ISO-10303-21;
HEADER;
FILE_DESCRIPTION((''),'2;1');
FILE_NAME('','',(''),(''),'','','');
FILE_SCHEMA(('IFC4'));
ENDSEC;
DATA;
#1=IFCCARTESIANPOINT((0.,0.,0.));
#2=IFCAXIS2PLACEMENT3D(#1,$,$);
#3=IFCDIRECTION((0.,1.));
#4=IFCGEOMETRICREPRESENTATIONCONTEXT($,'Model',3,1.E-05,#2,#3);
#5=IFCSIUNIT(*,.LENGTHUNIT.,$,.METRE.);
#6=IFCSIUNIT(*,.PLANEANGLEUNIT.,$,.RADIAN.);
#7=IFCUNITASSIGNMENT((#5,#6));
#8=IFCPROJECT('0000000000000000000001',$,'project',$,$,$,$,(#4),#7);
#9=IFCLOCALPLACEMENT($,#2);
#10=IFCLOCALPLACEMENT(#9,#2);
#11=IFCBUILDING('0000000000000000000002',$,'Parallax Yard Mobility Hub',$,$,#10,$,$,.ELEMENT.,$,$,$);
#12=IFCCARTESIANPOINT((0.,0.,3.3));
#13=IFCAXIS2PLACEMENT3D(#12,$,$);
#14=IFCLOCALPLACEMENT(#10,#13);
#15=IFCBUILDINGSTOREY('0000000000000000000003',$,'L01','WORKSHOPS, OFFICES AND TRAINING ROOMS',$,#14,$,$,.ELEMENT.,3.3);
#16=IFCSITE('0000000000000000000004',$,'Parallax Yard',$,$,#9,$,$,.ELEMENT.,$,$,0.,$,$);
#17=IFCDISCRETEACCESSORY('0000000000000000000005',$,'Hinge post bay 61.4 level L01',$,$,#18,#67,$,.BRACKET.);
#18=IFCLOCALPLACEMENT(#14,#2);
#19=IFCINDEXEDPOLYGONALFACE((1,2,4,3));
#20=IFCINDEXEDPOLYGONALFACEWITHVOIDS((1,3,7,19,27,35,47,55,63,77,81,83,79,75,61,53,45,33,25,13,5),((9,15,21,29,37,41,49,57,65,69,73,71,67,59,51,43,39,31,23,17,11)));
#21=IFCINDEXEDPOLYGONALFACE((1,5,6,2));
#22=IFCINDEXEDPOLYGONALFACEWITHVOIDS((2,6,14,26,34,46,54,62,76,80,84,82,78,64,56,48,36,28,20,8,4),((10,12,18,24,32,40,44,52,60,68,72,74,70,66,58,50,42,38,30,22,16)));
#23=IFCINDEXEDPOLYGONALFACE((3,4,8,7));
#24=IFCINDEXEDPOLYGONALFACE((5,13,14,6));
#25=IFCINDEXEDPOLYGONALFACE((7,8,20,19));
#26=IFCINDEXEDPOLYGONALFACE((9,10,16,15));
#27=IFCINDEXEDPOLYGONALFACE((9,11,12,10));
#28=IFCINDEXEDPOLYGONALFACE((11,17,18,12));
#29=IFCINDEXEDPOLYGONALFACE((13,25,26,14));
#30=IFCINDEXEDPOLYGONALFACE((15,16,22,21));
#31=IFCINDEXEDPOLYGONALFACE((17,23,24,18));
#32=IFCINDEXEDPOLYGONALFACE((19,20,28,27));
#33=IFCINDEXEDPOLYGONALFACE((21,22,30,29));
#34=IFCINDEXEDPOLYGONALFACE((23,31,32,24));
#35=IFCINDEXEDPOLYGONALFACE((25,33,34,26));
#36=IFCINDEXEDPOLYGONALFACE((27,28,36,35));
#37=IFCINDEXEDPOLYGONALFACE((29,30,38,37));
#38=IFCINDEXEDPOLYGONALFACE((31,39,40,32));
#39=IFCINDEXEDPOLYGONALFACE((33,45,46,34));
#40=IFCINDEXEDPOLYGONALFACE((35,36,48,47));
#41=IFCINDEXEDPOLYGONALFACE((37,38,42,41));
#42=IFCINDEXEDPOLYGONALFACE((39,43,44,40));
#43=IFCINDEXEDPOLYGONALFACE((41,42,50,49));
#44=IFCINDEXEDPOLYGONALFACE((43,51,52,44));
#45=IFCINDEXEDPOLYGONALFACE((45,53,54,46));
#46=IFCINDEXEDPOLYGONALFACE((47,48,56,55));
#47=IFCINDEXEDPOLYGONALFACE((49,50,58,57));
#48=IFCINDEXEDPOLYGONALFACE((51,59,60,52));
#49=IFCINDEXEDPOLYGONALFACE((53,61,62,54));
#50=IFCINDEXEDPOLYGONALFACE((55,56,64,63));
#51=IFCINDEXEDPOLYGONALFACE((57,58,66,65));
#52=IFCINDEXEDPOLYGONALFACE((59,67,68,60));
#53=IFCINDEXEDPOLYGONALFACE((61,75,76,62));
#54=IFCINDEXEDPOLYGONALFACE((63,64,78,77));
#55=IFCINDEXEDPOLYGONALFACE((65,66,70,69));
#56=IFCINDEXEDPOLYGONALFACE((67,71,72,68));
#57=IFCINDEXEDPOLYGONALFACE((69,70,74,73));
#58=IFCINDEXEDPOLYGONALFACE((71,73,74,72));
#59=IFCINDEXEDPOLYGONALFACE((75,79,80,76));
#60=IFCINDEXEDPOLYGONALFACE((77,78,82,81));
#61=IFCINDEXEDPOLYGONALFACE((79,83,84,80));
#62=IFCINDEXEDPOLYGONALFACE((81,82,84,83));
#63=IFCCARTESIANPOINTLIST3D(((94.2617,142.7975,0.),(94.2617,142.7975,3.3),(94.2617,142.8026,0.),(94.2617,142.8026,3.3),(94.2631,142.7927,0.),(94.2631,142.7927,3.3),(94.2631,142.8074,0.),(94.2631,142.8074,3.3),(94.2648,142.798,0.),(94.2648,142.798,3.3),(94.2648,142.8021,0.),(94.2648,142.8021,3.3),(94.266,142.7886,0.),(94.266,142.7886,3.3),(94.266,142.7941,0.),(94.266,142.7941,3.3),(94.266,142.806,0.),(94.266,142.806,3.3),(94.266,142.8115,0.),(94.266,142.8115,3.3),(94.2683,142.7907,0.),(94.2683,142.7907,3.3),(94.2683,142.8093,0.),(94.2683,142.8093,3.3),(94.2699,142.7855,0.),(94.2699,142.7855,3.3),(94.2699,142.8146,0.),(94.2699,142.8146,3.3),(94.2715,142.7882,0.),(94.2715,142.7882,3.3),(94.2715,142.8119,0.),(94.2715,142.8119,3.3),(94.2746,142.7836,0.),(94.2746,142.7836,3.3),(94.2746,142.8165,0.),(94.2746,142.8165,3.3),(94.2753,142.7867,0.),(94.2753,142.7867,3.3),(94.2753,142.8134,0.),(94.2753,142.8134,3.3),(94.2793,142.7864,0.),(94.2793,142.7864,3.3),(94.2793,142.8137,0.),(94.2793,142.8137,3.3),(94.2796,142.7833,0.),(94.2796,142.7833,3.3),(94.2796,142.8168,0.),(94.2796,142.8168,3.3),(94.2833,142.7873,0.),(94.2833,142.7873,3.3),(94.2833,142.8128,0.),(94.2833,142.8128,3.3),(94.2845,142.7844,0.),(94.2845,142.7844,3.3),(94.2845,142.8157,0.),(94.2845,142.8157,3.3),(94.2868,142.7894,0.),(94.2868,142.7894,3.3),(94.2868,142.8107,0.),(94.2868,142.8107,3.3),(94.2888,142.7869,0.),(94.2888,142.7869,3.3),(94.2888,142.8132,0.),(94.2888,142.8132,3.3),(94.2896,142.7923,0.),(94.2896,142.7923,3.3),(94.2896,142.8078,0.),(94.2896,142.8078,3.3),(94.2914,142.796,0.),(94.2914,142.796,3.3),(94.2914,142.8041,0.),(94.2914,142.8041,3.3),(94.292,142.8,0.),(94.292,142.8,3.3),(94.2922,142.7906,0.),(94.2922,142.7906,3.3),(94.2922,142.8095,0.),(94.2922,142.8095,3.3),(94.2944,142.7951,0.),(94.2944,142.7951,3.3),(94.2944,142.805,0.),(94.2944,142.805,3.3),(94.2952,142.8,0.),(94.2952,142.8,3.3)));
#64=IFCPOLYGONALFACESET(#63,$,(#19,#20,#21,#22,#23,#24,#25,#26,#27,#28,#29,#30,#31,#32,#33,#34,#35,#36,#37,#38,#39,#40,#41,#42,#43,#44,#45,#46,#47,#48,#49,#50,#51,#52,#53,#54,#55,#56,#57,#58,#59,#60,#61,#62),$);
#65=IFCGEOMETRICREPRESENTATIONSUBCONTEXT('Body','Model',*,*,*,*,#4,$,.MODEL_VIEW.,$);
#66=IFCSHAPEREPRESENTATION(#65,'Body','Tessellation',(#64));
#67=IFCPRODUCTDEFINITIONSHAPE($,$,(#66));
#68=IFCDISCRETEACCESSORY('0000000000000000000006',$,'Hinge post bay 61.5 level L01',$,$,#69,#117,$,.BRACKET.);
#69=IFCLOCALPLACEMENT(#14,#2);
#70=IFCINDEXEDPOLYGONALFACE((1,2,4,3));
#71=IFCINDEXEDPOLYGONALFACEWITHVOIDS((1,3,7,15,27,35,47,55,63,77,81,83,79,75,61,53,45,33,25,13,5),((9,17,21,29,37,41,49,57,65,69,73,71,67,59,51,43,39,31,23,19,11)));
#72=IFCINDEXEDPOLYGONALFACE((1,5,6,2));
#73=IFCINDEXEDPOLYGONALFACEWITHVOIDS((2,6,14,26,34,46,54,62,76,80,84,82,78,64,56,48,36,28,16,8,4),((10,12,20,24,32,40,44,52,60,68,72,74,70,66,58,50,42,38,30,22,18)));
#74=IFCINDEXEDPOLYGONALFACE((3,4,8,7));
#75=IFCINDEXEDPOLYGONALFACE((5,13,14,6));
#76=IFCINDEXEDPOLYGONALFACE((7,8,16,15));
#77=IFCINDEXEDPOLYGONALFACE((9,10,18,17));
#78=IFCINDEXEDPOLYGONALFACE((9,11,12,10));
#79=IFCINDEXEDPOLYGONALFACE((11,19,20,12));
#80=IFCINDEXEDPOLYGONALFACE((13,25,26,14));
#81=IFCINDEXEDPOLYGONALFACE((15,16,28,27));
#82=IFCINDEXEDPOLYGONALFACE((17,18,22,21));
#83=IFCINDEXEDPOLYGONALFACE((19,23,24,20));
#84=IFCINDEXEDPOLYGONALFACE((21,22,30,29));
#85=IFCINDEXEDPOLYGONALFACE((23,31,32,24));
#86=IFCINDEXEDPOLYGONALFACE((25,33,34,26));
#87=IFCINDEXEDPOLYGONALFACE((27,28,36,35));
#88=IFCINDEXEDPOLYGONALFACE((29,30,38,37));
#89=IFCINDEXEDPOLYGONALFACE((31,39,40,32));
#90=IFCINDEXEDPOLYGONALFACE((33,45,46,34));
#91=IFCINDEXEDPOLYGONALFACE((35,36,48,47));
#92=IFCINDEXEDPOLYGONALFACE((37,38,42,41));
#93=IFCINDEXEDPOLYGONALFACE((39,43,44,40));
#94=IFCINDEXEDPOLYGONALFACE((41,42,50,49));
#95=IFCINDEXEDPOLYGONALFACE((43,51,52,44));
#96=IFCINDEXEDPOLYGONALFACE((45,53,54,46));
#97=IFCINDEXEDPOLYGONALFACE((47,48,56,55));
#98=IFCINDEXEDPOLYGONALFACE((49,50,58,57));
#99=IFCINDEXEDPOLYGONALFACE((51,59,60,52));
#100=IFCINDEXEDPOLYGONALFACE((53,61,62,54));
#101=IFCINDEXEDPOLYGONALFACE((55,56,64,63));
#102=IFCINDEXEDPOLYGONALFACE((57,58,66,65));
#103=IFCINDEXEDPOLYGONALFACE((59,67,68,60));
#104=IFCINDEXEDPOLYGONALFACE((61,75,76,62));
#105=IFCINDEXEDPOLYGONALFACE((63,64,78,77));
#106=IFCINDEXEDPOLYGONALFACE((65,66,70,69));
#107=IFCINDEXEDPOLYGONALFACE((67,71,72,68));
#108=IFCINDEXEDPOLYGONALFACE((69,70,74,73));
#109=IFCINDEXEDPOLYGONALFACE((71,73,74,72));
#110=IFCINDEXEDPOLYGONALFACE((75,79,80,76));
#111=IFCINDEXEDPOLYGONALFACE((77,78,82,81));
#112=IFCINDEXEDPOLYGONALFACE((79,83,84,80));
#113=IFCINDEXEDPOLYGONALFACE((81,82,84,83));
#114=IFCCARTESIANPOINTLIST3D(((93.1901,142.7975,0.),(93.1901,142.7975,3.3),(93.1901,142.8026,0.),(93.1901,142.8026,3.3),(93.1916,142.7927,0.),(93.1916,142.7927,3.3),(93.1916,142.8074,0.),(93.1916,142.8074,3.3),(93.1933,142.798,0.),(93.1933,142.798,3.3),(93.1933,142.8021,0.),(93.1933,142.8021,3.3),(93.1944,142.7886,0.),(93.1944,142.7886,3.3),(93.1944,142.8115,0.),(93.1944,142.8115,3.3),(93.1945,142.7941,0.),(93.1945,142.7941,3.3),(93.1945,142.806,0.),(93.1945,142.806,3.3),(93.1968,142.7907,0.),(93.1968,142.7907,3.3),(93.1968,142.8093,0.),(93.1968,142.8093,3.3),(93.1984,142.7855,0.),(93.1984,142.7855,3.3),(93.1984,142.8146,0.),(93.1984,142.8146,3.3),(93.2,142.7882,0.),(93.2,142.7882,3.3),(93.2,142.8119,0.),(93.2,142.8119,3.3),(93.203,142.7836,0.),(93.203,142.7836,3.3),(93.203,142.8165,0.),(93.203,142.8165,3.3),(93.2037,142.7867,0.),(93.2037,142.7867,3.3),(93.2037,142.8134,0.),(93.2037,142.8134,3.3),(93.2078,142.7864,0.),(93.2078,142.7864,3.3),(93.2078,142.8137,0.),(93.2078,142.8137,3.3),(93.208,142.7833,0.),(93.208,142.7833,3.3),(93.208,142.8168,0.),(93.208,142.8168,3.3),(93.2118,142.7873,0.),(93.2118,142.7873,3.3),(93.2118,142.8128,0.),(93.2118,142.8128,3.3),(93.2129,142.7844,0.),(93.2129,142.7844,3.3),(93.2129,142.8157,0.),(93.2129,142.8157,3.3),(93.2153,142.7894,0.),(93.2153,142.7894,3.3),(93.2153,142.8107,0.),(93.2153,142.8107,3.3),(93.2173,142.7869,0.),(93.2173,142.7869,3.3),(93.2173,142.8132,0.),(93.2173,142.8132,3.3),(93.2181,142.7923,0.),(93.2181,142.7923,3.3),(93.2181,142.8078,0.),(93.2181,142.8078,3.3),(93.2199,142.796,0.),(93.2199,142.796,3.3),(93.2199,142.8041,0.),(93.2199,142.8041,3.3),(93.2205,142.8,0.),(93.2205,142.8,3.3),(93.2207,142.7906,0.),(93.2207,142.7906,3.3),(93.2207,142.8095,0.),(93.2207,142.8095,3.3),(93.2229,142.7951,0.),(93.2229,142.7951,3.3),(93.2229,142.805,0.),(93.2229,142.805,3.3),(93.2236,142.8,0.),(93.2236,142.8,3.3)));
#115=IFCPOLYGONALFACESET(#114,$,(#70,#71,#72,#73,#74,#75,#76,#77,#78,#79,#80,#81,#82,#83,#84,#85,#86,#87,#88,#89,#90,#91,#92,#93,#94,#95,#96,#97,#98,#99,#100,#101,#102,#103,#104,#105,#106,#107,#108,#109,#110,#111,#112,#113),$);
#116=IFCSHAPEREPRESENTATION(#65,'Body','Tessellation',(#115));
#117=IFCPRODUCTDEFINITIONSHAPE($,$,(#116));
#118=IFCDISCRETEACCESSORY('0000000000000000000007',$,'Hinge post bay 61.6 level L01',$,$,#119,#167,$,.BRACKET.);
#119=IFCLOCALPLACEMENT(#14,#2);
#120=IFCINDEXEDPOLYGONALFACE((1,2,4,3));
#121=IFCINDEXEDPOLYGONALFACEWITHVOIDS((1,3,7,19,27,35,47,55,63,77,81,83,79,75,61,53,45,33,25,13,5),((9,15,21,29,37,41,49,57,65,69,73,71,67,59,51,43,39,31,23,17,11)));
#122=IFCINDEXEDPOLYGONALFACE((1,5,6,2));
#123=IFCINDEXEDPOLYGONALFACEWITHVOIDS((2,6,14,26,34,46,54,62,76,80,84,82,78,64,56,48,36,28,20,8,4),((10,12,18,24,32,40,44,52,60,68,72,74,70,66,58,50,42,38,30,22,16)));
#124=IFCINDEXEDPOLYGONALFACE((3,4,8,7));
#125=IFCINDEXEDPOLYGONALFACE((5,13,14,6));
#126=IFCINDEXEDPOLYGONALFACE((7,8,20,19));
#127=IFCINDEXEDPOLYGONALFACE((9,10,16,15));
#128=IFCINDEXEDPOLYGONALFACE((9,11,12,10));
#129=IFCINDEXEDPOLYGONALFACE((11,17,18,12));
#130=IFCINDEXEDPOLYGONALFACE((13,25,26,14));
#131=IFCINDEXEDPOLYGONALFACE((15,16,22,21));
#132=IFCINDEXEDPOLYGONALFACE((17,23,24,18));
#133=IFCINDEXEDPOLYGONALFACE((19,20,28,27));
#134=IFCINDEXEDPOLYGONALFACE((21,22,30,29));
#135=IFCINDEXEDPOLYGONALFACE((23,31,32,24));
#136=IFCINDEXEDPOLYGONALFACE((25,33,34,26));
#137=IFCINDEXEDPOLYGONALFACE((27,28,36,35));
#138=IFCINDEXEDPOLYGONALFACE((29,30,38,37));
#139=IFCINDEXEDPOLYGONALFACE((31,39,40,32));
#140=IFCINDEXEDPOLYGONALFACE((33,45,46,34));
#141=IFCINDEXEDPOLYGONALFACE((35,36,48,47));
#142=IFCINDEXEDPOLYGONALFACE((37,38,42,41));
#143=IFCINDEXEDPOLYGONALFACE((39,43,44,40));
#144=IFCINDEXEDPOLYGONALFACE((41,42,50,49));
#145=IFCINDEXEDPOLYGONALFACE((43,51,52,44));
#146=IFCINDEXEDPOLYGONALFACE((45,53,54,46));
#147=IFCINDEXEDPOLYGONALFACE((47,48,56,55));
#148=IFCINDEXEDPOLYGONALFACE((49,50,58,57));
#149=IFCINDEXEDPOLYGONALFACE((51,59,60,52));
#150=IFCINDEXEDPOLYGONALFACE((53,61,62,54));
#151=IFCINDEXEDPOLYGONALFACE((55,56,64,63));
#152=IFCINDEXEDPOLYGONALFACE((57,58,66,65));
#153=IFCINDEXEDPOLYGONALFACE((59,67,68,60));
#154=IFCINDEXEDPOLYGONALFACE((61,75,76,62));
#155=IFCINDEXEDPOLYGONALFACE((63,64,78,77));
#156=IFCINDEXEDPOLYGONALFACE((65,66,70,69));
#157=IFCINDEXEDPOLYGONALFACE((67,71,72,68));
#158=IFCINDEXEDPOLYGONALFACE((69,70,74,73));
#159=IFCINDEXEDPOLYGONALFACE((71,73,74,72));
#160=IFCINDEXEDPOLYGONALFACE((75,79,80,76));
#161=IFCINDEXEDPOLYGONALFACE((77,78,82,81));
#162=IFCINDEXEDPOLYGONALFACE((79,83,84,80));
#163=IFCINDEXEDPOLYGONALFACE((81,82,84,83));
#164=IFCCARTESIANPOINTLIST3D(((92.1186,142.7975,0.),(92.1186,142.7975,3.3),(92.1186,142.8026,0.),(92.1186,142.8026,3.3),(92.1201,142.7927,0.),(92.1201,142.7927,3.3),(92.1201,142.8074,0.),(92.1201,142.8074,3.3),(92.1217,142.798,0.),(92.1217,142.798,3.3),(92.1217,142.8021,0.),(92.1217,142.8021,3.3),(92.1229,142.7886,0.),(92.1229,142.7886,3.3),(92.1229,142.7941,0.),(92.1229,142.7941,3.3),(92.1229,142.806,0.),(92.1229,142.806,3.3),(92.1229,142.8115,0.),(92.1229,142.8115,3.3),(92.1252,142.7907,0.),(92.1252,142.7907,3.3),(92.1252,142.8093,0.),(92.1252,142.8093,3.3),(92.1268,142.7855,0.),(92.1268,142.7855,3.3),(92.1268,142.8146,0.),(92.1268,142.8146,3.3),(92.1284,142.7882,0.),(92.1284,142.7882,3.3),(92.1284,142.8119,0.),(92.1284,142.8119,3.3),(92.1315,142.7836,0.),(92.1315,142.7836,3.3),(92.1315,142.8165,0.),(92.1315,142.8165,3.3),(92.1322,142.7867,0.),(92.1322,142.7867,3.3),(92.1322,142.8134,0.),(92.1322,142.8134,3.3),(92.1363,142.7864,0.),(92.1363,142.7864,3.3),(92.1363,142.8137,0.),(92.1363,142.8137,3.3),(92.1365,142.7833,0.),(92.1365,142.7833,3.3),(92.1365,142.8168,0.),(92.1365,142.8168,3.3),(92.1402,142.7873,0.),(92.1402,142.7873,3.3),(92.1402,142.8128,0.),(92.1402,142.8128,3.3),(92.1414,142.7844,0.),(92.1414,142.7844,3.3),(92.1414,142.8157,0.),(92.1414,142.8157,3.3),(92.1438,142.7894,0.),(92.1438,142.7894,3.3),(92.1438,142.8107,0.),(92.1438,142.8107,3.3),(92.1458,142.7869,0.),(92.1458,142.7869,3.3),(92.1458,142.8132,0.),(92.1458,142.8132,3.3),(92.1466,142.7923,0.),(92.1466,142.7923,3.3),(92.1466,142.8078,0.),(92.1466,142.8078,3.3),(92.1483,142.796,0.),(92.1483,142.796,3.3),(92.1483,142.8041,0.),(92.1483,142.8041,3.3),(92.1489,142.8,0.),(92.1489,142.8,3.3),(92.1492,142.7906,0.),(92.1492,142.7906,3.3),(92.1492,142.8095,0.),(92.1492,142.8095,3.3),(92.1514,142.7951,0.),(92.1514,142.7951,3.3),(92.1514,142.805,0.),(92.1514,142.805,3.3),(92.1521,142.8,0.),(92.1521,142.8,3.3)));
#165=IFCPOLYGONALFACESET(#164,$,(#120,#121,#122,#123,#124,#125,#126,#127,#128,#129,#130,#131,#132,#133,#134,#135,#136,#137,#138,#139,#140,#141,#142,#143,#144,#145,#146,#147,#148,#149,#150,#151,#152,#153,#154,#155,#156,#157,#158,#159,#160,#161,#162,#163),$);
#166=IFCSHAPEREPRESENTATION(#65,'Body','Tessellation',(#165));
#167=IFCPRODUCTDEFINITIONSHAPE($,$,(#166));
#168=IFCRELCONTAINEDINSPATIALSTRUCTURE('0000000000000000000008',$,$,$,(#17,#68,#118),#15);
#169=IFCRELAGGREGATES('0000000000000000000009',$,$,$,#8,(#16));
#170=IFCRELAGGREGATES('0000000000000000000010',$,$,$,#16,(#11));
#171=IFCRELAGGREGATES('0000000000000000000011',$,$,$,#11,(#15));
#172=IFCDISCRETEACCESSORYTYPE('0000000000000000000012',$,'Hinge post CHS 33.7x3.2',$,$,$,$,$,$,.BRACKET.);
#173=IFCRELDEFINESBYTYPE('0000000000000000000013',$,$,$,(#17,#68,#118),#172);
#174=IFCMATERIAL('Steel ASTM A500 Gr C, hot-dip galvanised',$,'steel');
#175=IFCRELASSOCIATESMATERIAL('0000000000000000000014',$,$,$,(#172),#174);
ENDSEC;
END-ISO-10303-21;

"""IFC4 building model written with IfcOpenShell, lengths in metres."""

from ifc_helpers import new_model, si_unit, direction, frame, origin, origin_2d, place, context, subcontext, project, spatial, hollow_circle, extrude, material, material_profile, profile_set, type_object, element, save


model = new_model("IFC4")

# Units and contexts
model_context = context("Model", 3, precision=1e-05, world=origin(), true_north=direction((0.0, 1.0)))
body_context = subcontext(model_context, "Body", "Model", "MODEL_VIEW")
ifc_project = project(units=[si_unit("LENGTHUNIT", "METRE"), si_unit("PLANEANGLEUNIT", "RADIAN")], contexts=[model_context])

# Site, building, storey
site_placement = place(None, origin())
site = spatial("IfcSite", under=ifc_project, at=site_placement, Name="Parallax Yard", CompositionType="ELEMENT", RefElevation=0.0)
building_placement = place(site_placement, origin())
building = spatial("IfcBuilding", under=site, at=building_placement, Name="Parallax Yard Mobility Hub", CompositionType="ELEMENT")
storey_placement = place(building_placement, frame((0.0, 0.0, 3.3)))
storey = spatial("IfcBuildingStorey", under=building, at=storey_placement, Name="L01", Description="WORKSHOPS, OFFICES AND TRAINING ROOMS", CompositionType="ELEMENT", Elevation=3.3)

# Discrete accessories
ifc_material_1 = material(Name="Steel ASTM A500 Gr C, hot-dip galvanised", Category="steel")
ifc_material_profile = material_profile(ifc_material_1, hollow_circle(Radius=0.0168, WallThickness=0.0032, at=origin_2d()), Name="CHS 33.7x3.2")
ifc_profile_set = profile_set([ifc_material_profile], Name="Steel ASTM A500 Gr C, hot-dip galvanised")
discrete_accessory_type_1 = type_object("IfcDiscreteAccessoryType", Name="Hinge post CHS 33.7x3.2", PredefinedType="BRACKET", material=ifc_profile_set)
for number, where, z_axis, x_axis, name in (
    (1, (94.2783, 142.8, 0.0), (0.0, 0.0, 1.0), (1.0, 0.0, 0.0), "Hinge post bay 61.4 level L01"),
    (2, (93.2068, 142.8, 0.0), (0.0, 0.0, 1.0), (1.0, 0.0, 0.0), "Hinge post bay 61.5 level L01"),
    (3, (92.1353, 142.8, 0.0), (0.0, 0.0, 1.0), (1.0, 0.0, 0.0), "Hinge post bay 61.6 level L01"),
):
    element("IfcDiscreteAccessory", number, at=place(storey_placement, frame(where, z_axis=z_axis, x_axis=x_axis)), inside=storey, type_object=discrete_accessory_type_1, Name=name, PredefinedType="BRACKET", context=body_context, shape_type="SweptSolid", body=[
        extrude(hollow_circle(Radius=0.0168, WallThickness=0.0032, at=origin_2d()), origin(), (0.0, 0.0, 1.0), 3.3),
    ])

save(model, "model.ifc")
